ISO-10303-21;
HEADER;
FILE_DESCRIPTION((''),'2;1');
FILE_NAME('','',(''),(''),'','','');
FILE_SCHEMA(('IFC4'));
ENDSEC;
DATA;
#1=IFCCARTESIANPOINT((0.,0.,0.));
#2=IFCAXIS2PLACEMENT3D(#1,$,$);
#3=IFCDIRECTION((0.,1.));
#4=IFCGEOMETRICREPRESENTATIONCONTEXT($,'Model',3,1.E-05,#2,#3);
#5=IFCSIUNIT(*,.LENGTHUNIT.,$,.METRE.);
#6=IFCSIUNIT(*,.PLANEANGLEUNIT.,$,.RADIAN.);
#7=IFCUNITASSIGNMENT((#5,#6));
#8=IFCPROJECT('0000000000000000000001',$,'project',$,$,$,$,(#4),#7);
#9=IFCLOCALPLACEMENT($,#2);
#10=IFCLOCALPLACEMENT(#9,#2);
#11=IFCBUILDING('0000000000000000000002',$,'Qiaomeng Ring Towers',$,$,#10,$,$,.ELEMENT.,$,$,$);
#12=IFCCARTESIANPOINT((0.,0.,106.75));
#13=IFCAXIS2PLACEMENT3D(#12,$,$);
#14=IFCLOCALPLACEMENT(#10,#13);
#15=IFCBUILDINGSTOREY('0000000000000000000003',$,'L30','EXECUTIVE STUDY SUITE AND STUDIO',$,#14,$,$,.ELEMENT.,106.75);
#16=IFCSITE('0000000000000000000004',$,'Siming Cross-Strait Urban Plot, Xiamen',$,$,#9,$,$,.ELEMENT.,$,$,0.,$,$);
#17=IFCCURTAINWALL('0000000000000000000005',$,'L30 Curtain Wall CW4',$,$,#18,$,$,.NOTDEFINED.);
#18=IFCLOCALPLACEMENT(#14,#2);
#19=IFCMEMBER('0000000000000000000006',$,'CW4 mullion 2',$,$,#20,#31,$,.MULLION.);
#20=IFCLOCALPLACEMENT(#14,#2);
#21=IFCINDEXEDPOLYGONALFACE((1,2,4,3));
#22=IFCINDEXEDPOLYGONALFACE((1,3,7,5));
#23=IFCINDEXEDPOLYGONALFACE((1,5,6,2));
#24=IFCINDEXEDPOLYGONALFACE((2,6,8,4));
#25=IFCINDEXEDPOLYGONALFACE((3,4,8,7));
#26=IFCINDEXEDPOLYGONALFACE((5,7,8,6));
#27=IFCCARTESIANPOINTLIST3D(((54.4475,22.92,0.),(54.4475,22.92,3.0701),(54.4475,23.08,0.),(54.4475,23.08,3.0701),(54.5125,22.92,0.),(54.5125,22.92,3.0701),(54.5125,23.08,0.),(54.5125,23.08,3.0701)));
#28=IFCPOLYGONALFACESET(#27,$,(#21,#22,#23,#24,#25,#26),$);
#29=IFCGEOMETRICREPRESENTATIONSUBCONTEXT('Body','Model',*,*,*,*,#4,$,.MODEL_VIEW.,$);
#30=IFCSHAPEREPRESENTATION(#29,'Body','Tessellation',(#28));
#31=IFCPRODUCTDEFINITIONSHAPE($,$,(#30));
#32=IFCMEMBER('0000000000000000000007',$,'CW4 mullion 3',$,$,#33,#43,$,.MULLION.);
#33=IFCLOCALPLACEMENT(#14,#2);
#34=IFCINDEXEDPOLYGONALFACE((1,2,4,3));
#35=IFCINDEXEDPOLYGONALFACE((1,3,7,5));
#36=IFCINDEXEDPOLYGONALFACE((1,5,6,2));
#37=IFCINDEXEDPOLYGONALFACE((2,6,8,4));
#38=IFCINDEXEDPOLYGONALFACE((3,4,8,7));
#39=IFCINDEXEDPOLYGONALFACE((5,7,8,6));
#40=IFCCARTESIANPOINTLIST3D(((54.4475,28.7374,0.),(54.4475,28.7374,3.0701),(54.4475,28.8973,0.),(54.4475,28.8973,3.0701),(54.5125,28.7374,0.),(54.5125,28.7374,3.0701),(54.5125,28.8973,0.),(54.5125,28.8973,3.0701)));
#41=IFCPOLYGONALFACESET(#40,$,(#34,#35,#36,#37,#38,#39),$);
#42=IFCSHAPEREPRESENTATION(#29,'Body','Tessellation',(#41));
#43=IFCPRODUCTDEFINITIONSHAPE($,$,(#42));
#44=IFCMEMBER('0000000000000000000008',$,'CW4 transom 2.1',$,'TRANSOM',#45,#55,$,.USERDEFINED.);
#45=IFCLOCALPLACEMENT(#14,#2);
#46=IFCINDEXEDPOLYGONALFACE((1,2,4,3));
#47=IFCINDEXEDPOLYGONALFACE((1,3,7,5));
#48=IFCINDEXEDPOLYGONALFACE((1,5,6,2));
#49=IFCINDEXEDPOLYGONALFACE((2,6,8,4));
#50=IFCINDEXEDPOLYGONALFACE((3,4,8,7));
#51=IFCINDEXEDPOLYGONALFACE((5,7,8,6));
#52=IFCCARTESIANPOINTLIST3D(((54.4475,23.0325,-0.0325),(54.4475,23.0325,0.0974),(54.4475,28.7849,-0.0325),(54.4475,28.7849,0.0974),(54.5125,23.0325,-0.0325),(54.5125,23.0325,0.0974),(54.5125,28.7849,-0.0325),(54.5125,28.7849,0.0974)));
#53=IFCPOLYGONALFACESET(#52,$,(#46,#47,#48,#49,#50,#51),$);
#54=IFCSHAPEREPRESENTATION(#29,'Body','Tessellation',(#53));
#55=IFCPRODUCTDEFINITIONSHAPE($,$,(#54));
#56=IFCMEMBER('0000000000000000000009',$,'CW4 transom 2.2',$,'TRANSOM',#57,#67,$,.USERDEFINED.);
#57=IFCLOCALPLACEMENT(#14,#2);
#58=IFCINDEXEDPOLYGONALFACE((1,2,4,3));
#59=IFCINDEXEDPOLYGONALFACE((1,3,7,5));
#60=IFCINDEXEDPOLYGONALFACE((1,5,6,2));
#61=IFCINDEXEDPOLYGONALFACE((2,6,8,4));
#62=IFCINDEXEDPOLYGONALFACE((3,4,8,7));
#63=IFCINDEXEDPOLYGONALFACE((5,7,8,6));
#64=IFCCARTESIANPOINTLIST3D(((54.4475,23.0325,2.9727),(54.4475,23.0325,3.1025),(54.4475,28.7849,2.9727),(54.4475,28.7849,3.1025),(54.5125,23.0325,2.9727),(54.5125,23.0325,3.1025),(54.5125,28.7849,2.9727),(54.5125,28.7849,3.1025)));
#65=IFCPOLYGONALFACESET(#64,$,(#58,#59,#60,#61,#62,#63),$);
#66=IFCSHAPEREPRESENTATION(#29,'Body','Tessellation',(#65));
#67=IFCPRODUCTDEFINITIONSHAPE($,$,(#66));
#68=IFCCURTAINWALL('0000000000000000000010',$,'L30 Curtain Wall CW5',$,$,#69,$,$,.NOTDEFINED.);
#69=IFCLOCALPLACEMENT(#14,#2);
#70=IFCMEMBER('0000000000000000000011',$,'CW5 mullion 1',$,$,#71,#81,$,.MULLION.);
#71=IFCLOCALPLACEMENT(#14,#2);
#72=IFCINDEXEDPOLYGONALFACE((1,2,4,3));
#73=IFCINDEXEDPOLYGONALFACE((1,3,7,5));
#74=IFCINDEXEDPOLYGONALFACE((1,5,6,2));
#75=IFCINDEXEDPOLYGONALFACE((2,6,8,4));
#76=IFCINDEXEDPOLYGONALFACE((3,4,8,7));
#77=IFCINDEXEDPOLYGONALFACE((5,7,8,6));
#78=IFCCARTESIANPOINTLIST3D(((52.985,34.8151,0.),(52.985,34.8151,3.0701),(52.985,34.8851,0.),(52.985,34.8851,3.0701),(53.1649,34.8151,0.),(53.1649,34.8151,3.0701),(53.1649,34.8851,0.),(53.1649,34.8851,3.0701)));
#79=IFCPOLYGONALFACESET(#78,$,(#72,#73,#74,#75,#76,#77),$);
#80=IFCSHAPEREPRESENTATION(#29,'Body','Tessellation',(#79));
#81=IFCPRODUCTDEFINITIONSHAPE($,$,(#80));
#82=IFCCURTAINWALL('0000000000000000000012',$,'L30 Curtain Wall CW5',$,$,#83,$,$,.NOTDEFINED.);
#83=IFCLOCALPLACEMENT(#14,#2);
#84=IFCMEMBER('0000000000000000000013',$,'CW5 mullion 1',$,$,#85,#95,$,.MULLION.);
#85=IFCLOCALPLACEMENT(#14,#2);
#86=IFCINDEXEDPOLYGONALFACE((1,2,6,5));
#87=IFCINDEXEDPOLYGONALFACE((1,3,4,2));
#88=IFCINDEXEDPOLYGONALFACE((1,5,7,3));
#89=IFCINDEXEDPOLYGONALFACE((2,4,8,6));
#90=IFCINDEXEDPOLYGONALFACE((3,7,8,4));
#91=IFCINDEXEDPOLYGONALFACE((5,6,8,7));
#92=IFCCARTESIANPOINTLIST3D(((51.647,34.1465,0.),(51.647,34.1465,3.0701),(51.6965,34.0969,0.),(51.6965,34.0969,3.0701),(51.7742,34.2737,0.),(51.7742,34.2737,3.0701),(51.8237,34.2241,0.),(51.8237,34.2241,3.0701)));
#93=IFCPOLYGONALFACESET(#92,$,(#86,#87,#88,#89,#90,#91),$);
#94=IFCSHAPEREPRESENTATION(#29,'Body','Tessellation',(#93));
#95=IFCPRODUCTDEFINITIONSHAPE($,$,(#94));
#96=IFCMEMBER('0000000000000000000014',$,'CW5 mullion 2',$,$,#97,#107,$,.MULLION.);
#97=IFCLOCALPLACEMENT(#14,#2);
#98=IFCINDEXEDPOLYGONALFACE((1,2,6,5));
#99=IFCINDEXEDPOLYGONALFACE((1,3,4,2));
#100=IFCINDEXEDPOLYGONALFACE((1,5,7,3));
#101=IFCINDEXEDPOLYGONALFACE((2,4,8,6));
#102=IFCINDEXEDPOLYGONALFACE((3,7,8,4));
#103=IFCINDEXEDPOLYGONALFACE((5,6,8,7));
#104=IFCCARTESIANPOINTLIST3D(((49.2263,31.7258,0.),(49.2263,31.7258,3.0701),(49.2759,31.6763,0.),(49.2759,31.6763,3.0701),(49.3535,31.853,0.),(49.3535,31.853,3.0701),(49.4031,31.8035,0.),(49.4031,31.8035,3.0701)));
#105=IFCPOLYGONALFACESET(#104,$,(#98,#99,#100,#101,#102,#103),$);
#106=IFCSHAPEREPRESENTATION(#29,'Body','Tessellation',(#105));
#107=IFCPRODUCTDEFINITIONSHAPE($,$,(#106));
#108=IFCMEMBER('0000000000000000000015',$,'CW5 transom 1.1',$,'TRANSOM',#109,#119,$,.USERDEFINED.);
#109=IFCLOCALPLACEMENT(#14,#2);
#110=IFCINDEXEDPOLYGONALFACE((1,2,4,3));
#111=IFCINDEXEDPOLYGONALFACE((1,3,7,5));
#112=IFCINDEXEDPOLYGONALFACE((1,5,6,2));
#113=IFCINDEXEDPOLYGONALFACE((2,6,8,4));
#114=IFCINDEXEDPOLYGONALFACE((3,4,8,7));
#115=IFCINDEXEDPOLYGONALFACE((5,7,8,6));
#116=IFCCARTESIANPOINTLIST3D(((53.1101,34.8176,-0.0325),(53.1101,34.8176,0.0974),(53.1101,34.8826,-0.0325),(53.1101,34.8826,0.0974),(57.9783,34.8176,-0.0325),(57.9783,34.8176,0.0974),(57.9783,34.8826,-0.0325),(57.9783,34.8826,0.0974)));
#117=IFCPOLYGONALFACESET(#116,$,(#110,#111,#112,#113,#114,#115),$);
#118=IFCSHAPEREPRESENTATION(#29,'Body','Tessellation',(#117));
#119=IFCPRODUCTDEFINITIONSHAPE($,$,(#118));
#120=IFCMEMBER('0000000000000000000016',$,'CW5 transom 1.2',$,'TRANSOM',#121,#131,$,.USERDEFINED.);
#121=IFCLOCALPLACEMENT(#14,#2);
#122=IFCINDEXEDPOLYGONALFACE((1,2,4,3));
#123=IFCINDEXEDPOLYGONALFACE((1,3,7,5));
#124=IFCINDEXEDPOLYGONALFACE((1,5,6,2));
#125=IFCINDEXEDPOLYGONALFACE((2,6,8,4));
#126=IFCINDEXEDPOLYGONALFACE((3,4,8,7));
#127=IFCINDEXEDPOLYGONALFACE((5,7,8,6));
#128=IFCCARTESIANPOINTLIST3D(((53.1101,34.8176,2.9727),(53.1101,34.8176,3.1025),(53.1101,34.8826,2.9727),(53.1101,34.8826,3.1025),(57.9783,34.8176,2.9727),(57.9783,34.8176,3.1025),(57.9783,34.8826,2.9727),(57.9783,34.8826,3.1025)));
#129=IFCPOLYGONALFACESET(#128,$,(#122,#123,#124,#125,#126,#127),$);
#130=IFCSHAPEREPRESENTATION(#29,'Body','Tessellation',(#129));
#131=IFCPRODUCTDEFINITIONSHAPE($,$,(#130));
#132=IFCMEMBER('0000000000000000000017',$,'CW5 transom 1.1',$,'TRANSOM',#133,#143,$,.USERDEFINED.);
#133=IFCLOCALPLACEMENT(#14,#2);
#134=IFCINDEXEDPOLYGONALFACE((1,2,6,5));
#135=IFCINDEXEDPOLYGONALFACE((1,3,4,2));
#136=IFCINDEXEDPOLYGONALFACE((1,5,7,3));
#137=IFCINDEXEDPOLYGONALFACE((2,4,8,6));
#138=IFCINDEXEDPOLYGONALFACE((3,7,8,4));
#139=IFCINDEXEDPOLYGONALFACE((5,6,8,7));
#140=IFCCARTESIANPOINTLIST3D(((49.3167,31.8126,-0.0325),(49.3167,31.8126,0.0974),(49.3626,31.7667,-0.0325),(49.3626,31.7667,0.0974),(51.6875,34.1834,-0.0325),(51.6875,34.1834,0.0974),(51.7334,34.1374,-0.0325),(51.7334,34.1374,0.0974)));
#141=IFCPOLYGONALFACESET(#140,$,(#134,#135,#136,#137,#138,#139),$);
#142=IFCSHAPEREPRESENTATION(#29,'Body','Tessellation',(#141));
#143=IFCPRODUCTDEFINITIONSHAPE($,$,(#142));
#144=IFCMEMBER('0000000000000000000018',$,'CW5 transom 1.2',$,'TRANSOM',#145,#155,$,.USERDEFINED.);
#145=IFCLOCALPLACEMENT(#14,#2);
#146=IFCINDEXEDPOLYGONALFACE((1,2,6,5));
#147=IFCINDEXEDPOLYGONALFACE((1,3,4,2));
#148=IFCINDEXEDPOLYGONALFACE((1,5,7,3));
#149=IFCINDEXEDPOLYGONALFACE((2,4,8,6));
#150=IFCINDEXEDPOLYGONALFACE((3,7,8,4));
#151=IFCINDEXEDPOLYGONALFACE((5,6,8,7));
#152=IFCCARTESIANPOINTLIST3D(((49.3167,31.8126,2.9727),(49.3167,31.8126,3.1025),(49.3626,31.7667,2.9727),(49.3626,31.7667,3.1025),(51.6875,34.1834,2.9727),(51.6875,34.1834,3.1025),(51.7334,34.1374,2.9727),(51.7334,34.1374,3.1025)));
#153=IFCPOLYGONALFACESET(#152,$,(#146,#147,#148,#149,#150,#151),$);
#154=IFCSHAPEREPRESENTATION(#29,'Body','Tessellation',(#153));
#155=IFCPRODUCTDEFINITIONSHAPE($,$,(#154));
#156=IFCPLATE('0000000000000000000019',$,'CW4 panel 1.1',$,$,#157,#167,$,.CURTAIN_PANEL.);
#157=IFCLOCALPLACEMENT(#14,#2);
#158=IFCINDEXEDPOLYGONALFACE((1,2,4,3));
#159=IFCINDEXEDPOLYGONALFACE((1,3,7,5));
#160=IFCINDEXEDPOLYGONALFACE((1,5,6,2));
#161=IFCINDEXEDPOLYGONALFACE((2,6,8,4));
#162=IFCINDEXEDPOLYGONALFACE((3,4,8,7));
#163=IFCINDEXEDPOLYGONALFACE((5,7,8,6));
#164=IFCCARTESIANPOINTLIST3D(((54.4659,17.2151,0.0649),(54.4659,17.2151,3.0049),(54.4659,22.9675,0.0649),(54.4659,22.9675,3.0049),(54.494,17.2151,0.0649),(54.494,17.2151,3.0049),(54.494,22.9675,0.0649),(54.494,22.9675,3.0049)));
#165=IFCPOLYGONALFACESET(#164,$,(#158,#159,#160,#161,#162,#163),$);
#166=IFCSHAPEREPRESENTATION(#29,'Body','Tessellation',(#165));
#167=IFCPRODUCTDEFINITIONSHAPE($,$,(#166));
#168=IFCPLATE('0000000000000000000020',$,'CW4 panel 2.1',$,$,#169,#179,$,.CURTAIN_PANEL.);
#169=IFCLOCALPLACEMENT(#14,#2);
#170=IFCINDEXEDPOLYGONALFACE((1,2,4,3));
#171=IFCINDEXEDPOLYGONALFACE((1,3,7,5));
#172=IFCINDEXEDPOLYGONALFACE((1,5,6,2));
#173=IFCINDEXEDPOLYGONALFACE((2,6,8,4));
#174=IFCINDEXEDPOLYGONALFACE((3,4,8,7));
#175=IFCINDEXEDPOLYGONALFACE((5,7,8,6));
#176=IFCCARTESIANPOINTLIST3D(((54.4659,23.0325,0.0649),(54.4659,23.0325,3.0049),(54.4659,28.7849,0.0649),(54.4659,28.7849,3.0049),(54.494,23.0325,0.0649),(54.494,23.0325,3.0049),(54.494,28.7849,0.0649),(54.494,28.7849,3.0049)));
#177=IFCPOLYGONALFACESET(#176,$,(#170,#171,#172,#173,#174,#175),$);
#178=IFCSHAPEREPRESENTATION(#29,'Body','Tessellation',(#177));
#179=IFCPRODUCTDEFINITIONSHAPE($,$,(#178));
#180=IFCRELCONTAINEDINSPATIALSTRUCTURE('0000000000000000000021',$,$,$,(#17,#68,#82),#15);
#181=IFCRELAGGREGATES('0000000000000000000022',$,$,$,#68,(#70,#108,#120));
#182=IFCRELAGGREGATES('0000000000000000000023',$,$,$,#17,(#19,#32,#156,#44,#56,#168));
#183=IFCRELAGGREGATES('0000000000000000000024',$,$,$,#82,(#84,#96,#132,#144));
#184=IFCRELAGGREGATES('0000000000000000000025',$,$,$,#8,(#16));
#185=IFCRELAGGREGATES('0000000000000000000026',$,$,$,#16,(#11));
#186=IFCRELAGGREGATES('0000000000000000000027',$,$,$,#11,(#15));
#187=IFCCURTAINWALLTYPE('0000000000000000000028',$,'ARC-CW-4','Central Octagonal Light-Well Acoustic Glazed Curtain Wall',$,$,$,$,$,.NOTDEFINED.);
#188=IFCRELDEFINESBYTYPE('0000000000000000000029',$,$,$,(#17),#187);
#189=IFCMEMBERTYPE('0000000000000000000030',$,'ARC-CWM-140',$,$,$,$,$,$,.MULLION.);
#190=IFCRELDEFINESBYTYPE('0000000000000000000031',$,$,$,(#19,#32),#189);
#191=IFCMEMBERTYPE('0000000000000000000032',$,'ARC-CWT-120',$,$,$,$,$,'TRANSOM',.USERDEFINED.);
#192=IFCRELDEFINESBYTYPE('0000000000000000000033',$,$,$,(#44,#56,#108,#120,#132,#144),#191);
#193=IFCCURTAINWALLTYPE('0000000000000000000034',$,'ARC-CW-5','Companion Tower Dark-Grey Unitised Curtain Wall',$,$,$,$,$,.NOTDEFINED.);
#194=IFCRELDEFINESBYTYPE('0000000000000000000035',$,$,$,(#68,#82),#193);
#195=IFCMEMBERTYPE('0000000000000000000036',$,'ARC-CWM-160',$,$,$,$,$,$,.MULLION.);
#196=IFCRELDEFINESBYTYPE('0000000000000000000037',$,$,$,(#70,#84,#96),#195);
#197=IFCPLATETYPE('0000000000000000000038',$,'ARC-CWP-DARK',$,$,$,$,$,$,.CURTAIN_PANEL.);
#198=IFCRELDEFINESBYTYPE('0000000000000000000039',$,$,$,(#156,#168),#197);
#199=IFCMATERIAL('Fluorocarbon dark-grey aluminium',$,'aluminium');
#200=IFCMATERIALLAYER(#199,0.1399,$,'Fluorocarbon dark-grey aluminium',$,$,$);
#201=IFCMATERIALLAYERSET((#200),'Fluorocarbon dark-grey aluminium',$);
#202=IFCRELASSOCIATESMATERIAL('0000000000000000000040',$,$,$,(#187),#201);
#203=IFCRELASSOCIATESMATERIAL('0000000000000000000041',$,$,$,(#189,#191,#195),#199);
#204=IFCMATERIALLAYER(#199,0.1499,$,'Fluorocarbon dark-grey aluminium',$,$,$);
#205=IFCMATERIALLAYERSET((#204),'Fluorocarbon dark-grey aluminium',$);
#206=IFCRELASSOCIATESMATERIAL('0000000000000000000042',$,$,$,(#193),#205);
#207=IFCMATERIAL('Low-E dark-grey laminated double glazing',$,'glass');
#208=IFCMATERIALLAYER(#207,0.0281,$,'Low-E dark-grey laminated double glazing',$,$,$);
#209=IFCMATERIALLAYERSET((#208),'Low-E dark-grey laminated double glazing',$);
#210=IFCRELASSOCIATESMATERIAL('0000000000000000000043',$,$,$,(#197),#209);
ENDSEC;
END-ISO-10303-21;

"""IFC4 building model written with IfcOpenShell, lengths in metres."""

from ifc_helpers import new_model, si_unit, direction, frame, origin, origin_2d, place, context, subcontext, project, spatial, rectangle, extrude, source, transform, mapped, material, layer, layer_set, material_profile, profile_set, type_object, element, aggregate, save


model = new_model("IFC4")

# Units and contexts
model_context = context("Model", 3, precision=1e-05, world=origin(), true_north=direction((0.0, 1.0)))
body_context = subcontext(model_context, "Body", "Model", "MODEL_VIEW")
ifc_project = project(units=[si_unit("LENGTHUNIT", "METRE"), si_unit("PLANEANGLEUNIT", "RADIAN")], contexts=[model_context])

# Site, building, storey
site_placement = place(None, origin())
site = spatial("IfcSite", under=ifc_project, at=site_placement, Name="Siming Cross-Strait Urban Plot, Xiamen", CompositionType="ELEMENT", RefElevation=0.0)
building_placement = place(site_placement, origin())
building = spatial("IfcBuilding", under=site, at=building_placement, Name="Qiaomeng Ring Towers", CompositionType="ELEMENT")
storey_placement = place(building_placement, frame((0.0, 0.0, 106.75)))
storey = spatial("IfcBuildingStorey", under=building, at=storey_placement, Name="L30", Description="EXECUTIVE STUDY SUITE AND STUDIO", CompositionType="ELEMENT", Elevation=106.75)

# Curtain wall, members
ifc_material_1 = material(Name="Fluorocarbon dark-grey aluminium", Category="aluminium")
ifc_layer_1 = layer(ifc_material_1, 0.1399, Name="Fluorocarbon dark-grey aluminium")
ifc_layer_set_1 = layer_set([ifc_layer_1], Name="Fluorocarbon dark-grey aluminium")
curtain_wall_type_1 = type_object("IfcCurtainWallType", Name="ARC-CW-4", Description="Central Octagonal Light-Well Acoustic Glazed Curtain Wall", PredefinedType="NOTDEFINED", material=ifc_layer_set_1)
curtain_wall_1_placement = place(storey_placement, origin())
curtain_wall_1 = element("IfcCurtainWall", 1, at=curtain_wall_1_placement, inside=storey, type_object=curtain_wall_type_1, Name="L30 Curtain Wall CW4", PredefinedType="NOTDEFINED")
ifc_material_profile_1 = material_profile(ifc_material_1, rectangle(XDim=0.0649, YDim=0.1599, at=origin_2d()), Name="ALU MULL 65x160")
ifc_profile_set_1 = profile_set([ifc_material_profile_1], Name="Fluorocarbon dark-grey aluminium")
member_type_1 = type_object("IfcMemberType", Name="ARC-CWM-140", PredefinedType="MULLION", material=ifc_profile_set_1)
shared_shape_1 = source(origin(), body_context, "Body", "SweptSolid", [
    extrude(rectangle(XDim=0.0649, YDim=0.1599, at=origin_2d()), origin(), (0.0, 0.0, 1.0), 3.0701),
])
member_1_placement = place(storey_placement, frame((54.48, 23.0, 0.0), z_axis=(0.0, 0.0, 1.0), x_axis=(-1.0, 0.0, 0.0)))
member_1 = element("IfcMember", 2, at=member_1_placement, type_object=member_type_1, Name="CW4 mullion 2", PredefinedType="MULLION", context=body_context, shape_type="MappedRepresentation", body=[
    mapped(shared_shape_1, transform((0.0, 0.0, 0.0), x_axis=(1.0, 0.0, 0.0), y_axis=(0.0, 1.0, 0.0), z_axis=(0.0, 0.0, 1.0), scale=1.0)),
])
member_2_placement = place(storey_placement, frame((54.48, 28.8174, 0.0), z_axis=(0.0, 0.0, 1.0), x_axis=(-1.0, 0.0, 0.0)))
member_2 = element("IfcMember", 3, at=member_2_placement, type_object=member_type_1, Name="CW4 mullion 3", PredefinedType="MULLION", context=body_context, shape_type="MappedRepresentation", body=[
    mapped(shared_shape_1, transform((0.0, 0.0, 0.0), x_axis=(1.0, 0.0, 0.0), y_axis=(0.0, 1.0, 0.0), z_axis=(0.0, 0.0, 1.0), scale=1.0)),
])
ifc_material_profile_2 = material_profile(ifc_material_1, rectangle(XDim=0.0649, YDim=0.1299, at=origin_2d()), Name="ALU TRAN 65x130")
ifc_profile_set_2 = profile_set([ifc_material_profile_2], Name="Fluorocarbon dark-grey aluminium")
member_type_2 = type_object("IfcMemberType", Name="ARC-CWT-120", ElementType="TRANSOM", PredefinedType="USERDEFINED", material=ifc_profile_set_2)
shared_shape_2 = source(origin(), body_context, "Body", "SweptSolid", [
    extrude(rectangle(XDim=0.0649, YDim=0.1299, at=origin_2d()), origin(), (0.0, 0.0, 1.0), 5.7524),
])
member_3_placement = place(storey_placement, frame((54.48, 23.0325, 0.0325), z_axis=(0.0, 1.0, 0.0), x_axis=(-1.0, 0.0, 0.0)))
member_3 = element("IfcMember", 4, at=member_3_placement, type_object=member_type_2, Name="CW4 transom 2.1", ObjectType="TRANSOM", PredefinedType="USERDEFINED", context=body_context, shape_type="MappedRepresentation", body=[
    mapped(shared_shape_2, transform((0.0, 0.0, 0.0), x_axis=(1.0, 0.0, 0.0), y_axis=(0.0, 1.0, 0.0), z_axis=(0.0, 0.0, 1.0), scale=1.0)),
])
member_4_placement = place(storey_placement, frame((54.48, 23.0325, 3.0376), z_axis=(0.0, 1.0, 0.0), x_axis=(-1.0, 0.0, 0.0)))
member_4 = element("IfcMember", 5, at=member_4_placement, type_object=member_type_2, Name="CW4 transom 2.2", ObjectType="TRANSOM", PredefinedType="USERDEFINED", context=body_context, shape_type="MappedRepresentation", body=[
    mapped(shared_shape_2, transform((0.0, 0.0, 0.0), x_axis=(1.0, 0.0, 0.0), y_axis=(0.0, 1.0, 0.0), z_axis=(0.0, 0.0, 1.0), scale=1.0)),
])

# Curtain wall, member
ifc_layer_2 = layer(ifc_material_1, 0.1499, Name="Fluorocarbon dark-grey aluminium")
ifc_layer_set_2 = layer_set([ifc_layer_2], Name="Fluorocarbon dark-grey aluminium")
curtain_wall_type_2 = type_object("IfcCurtainWallType", Name="ARC-CW-5", Description="Companion Tower Dark-Grey Unitised Curtain Wall", PredefinedType="NOTDEFINED", material=ifc_layer_set_2)
curtain_wall_2_placement = place(storey_placement, origin())
curtain_wall_2 = element("IfcCurtainWall", 6, at=curtain_wall_2_placement, inside=storey, type_object=curtain_wall_type_2, Name="L30 Curtain Wall CW5", PredefinedType="NOTDEFINED")
ifc_material_profile_3 = material_profile(ifc_material_1, rectangle(XDim=0.0701, YDim=0.1799, at=origin_2d()), Name="ALU MULL 70x180")
ifc_profile_set_3 = profile_set([ifc_material_profile_3], Name="Fluorocarbon dark-grey aluminium")
member_type_3 = type_object("IfcMemberType", Name="ARC-CWM-160", PredefinedType="MULLION", material=ifc_profile_set_3)
shared_shape_3 = source(origin(), body_context, "Body", "SweptSolid", [
    extrude(rectangle(XDim=0.0701, YDim=0.1799, at=origin_2d()), origin(), (0.0, 0.0, 1.0), 3.0701),
])
member_5_placement = place(storey_placement, frame((53.075, 34.8501, 0.0), z_axis=(0.0, 0.0, 1.0), x_axis=(0.0, 1.0, 0.0)))
member_5 = element("IfcMember", 7, at=member_5_placement, type_object=member_type_3, Name="CW5 mullion 1", PredefinedType="MULLION", context=body_context, shape_type="MappedRepresentation", body=[
    mapped(shared_shape_3, transform((0.0, 0.0, 0.0), x_axis=(1.0, 0.0, 0.0), y_axis=(0.0, 1.0, 0.0), z_axis=(0.0, 0.0, 1.0), scale=1.0)),
])

# Curtain wall, members
curtain_wall_3_placement = place(storey_placement, origin())
curtain_wall_3 = element("IfcCurtainWall", 8, at=curtain_wall_3_placement, inside=storey, type_object=curtain_wall_type_2, Name="L30 Curtain Wall CW5", PredefinedType="NOTDEFINED")
member_6_placement = place(storey_placement, frame((51.7354, 34.1853, 0.0), z_axis=(0.0, 0.0, 1.0), x_axis=(0.707107, -0.707107, 0.0)))
member_6 = element("IfcMember", 9, at=member_6_placement, type_object=member_type_3, Name="CW5 mullion 1", PredefinedType="MULLION", context=body_context, shape_type="MappedRepresentation", body=[
    mapped(shared_shape_3, transform((0.0, 0.0, 0.0), x_axis=(1.0, 0.0, 0.0), y_axis=(0.0, 1.0, 0.0), z_axis=(0.0, 0.0, 1.0), scale=1.0)),
])
member_7_placement = place(storey_placement, frame((49.3147, 31.7646, 0.0), z_axis=(0.0, 0.0, 1.0), x_axis=(0.707107, -0.707107, 0.0)))
member_7 = element("IfcMember", 10, at=member_7_placement, type_object=member_type_3, Name="CW5 mullion 2", PredefinedType="MULLION", context=body_context, shape_type="MappedRepresentation", body=[
    mapped(shared_shape_3, transform((0.0, 0.0, 0.0), x_axis=(1.0, 0.0, 0.0), y_axis=(0.0, 1.0, 0.0), z_axis=(0.0, 0.0, 1.0), scale=1.0)),
])

# Members
shared_shape_4 = source(origin(), body_context, "Body", "SweptSolid", [
    extrude(rectangle(XDim=0.0649, YDim=0.1299, at=origin_2d()), origin(), (0.0, 0.0, 1.0), 4.8682),
])
member_8_placement = place(storey_placement, frame((53.1101, 34.8501, 0.0325), z_axis=(1.0, 0.0, 0.0), x_axis=(0.0, 1.0, 0.0)))
member_8 = element("IfcMember", 11, at=member_8_placement, type_object=member_type_2, Name="CW5 transom 1.1", ObjectType="TRANSOM", PredefinedType="USERDEFINED", context=body_context, shape_type="MappedRepresentation", body=[
    mapped(shared_shape_4, transform((0.0, 0.0, 0.0), x_axis=(1.0, 0.0, 0.0), y_axis=(0.0, 1.0, 0.0), z_axis=(0.0, 0.0, 1.0), scale=1.0)),
])
member_9_placement = place(storey_placement, frame((53.1101, 34.8501, 3.0376), z_axis=(1.0, 0.0, 0.0), x_axis=(0.0, 1.0, 0.0)))
member_9 = element("IfcMember", 12, at=member_9_placement, type_object=member_type_2, Name="CW5 transom 1.2", ObjectType="TRANSOM", PredefinedType="USERDEFINED", context=body_context, shape_type="MappedRepresentation", body=[
    mapped(shared_shape_4, transform((0.0, 0.0, 0.0), x_axis=(1.0, 0.0, 0.0), y_axis=(0.0, 1.0, 0.0), z_axis=(0.0, 0.0, 1.0), scale=1.0)),
])
aggregate(curtain_wall_2, [member_5, member_8, member_9])
shared_shape_5 = source(origin(), body_context, "Body", "SweptSolid", [
    extrude(rectangle(XDim=0.0649, YDim=0.1299, at=origin_2d()), origin(), (0.0, 0.0, 1.0), 3.3528),
])
member_10_placement = place(storey_placement, frame((51.7104, 34.1604, 0.0325), z_axis=(-0.707107, -0.707107, 0.0), x_axis=(0.707107, -0.707107, 0.0)))
member_10 = element("IfcMember", 13, at=member_10_placement, type_object=member_type_2, Name="CW5 transom 1.1", ObjectType="TRANSOM", PredefinedType="USERDEFINED", context=body_context, shape_type="MappedRepresentation", body=[
    mapped(shared_shape_5, transform((0.0, 0.0, 0.0), x_axis=(1.0, 0.0, 0.0), y_axis=(0.0, 1.0, 0.0), z_axis=(0.0, 0.0, 1.0), scale=1.0)),
])
member_11_placement = place(storey_placement, frame((51.7104, 34.1604, 3.0376), z_axis=(-0.707107, -0.707107, 0.0), x_axis=(0.707107, -0.707107, 0.0)))
member_11 = element("IfcMember", 14, at=member_11_placement, type_object=member_type_2, Name="CW5 transom 1.2", ObjectType="TRANSOM", PredefinedType="USERDEFINED", context=body_context, shape_type="MappedRepresentation", body=[
    mapped(shared_shape_5, transform((0.0, 0.0, 0.0), x_axis=(1.0, 0.0, 0.0), y_axis=(0.0, 1.0, 0.0), z_axis=(0.0, 0.0, 1.0), scale=1.0)),
])

# Plates
ifc_material_2 = material(Name="Low-E dark-grey laminated double glazing", Category="glass")
ifc_layer_3 = layer(ifc_material_2, 0.0281, Name="Low-E dark-grey laminated double glazing")
ifc_layer_set_3 = layer_set([ifc_layer_3], Name="Low-E dark-grey laminated double glazing")
plate_type = type_object("IfcPlateType", Name="ARC-CWP-DARK", PredefinedType="CURTAIN_PANEL", material=ifc_layer_set_3)
shared_shape_6 = source(origin(), body_context, "Body", "SweptSolid", [
    extrude(rectangle(XDim=5.7524, YDim=0.0281, at=origin_2d()), origin(), (0.0, 0.0, 1.0), 2.9399),
])
plate_1_placement = place(storey_placement, frame((54.48, 20.0913, 0.0649), z_axis=(0.0, 0.0, 1.0), x_axis=(0.0, 1.0, 0.0)))
plate_1 = element("IfcPlate", 15, at=plate_1_placement, type_object=plate_type, Name="CW4 panel 1.1", PredefinedType="CURTAIN_PANEL", context=body_context, shape_type="MappedRepresentation", body=[
    mapped(shared_shape_6, transform((0.0, 0.0, 0.0), x_axis=(1.0, 0.0, 0.0), y_axis=(0.0, 1.0, 0.0), z_axis=(0.0, 0.0, 1.0), scale=1.0)),
])
plate_2_placement = place(storey_placement, frame((54.48, 25.9087, 0.0649), z_axis=(0.0, 0.0, 1.0), x_axis=(0.0, 1.0, 0.0)))
plate_2 = element("IfcPlate", 16, at=plate_2_placement, type_object=plate_type, Name="CW4 panel 2.1", PredefinedType="CURTAIN_PANEL", context=body_context, shape_type="MappedRepresentation", body=[
    mapped(shared_shape_6, transform((0.0, 0.0, 0.0), x_axis=(1.0, 0.0, 0.0), y_axis=(0.0, 1.0, 0.0), z_axis=(0.0, 0.0, 1.0), scale=1.0)),
])
aggregate(curtain_wall_1, [member_1, member_2, plate_1, member_3, member_4, plate_2])
aggregate(curtain_wall_3, [member_6, member_7, member_10, member_11])

save(model, "model.ifc")
